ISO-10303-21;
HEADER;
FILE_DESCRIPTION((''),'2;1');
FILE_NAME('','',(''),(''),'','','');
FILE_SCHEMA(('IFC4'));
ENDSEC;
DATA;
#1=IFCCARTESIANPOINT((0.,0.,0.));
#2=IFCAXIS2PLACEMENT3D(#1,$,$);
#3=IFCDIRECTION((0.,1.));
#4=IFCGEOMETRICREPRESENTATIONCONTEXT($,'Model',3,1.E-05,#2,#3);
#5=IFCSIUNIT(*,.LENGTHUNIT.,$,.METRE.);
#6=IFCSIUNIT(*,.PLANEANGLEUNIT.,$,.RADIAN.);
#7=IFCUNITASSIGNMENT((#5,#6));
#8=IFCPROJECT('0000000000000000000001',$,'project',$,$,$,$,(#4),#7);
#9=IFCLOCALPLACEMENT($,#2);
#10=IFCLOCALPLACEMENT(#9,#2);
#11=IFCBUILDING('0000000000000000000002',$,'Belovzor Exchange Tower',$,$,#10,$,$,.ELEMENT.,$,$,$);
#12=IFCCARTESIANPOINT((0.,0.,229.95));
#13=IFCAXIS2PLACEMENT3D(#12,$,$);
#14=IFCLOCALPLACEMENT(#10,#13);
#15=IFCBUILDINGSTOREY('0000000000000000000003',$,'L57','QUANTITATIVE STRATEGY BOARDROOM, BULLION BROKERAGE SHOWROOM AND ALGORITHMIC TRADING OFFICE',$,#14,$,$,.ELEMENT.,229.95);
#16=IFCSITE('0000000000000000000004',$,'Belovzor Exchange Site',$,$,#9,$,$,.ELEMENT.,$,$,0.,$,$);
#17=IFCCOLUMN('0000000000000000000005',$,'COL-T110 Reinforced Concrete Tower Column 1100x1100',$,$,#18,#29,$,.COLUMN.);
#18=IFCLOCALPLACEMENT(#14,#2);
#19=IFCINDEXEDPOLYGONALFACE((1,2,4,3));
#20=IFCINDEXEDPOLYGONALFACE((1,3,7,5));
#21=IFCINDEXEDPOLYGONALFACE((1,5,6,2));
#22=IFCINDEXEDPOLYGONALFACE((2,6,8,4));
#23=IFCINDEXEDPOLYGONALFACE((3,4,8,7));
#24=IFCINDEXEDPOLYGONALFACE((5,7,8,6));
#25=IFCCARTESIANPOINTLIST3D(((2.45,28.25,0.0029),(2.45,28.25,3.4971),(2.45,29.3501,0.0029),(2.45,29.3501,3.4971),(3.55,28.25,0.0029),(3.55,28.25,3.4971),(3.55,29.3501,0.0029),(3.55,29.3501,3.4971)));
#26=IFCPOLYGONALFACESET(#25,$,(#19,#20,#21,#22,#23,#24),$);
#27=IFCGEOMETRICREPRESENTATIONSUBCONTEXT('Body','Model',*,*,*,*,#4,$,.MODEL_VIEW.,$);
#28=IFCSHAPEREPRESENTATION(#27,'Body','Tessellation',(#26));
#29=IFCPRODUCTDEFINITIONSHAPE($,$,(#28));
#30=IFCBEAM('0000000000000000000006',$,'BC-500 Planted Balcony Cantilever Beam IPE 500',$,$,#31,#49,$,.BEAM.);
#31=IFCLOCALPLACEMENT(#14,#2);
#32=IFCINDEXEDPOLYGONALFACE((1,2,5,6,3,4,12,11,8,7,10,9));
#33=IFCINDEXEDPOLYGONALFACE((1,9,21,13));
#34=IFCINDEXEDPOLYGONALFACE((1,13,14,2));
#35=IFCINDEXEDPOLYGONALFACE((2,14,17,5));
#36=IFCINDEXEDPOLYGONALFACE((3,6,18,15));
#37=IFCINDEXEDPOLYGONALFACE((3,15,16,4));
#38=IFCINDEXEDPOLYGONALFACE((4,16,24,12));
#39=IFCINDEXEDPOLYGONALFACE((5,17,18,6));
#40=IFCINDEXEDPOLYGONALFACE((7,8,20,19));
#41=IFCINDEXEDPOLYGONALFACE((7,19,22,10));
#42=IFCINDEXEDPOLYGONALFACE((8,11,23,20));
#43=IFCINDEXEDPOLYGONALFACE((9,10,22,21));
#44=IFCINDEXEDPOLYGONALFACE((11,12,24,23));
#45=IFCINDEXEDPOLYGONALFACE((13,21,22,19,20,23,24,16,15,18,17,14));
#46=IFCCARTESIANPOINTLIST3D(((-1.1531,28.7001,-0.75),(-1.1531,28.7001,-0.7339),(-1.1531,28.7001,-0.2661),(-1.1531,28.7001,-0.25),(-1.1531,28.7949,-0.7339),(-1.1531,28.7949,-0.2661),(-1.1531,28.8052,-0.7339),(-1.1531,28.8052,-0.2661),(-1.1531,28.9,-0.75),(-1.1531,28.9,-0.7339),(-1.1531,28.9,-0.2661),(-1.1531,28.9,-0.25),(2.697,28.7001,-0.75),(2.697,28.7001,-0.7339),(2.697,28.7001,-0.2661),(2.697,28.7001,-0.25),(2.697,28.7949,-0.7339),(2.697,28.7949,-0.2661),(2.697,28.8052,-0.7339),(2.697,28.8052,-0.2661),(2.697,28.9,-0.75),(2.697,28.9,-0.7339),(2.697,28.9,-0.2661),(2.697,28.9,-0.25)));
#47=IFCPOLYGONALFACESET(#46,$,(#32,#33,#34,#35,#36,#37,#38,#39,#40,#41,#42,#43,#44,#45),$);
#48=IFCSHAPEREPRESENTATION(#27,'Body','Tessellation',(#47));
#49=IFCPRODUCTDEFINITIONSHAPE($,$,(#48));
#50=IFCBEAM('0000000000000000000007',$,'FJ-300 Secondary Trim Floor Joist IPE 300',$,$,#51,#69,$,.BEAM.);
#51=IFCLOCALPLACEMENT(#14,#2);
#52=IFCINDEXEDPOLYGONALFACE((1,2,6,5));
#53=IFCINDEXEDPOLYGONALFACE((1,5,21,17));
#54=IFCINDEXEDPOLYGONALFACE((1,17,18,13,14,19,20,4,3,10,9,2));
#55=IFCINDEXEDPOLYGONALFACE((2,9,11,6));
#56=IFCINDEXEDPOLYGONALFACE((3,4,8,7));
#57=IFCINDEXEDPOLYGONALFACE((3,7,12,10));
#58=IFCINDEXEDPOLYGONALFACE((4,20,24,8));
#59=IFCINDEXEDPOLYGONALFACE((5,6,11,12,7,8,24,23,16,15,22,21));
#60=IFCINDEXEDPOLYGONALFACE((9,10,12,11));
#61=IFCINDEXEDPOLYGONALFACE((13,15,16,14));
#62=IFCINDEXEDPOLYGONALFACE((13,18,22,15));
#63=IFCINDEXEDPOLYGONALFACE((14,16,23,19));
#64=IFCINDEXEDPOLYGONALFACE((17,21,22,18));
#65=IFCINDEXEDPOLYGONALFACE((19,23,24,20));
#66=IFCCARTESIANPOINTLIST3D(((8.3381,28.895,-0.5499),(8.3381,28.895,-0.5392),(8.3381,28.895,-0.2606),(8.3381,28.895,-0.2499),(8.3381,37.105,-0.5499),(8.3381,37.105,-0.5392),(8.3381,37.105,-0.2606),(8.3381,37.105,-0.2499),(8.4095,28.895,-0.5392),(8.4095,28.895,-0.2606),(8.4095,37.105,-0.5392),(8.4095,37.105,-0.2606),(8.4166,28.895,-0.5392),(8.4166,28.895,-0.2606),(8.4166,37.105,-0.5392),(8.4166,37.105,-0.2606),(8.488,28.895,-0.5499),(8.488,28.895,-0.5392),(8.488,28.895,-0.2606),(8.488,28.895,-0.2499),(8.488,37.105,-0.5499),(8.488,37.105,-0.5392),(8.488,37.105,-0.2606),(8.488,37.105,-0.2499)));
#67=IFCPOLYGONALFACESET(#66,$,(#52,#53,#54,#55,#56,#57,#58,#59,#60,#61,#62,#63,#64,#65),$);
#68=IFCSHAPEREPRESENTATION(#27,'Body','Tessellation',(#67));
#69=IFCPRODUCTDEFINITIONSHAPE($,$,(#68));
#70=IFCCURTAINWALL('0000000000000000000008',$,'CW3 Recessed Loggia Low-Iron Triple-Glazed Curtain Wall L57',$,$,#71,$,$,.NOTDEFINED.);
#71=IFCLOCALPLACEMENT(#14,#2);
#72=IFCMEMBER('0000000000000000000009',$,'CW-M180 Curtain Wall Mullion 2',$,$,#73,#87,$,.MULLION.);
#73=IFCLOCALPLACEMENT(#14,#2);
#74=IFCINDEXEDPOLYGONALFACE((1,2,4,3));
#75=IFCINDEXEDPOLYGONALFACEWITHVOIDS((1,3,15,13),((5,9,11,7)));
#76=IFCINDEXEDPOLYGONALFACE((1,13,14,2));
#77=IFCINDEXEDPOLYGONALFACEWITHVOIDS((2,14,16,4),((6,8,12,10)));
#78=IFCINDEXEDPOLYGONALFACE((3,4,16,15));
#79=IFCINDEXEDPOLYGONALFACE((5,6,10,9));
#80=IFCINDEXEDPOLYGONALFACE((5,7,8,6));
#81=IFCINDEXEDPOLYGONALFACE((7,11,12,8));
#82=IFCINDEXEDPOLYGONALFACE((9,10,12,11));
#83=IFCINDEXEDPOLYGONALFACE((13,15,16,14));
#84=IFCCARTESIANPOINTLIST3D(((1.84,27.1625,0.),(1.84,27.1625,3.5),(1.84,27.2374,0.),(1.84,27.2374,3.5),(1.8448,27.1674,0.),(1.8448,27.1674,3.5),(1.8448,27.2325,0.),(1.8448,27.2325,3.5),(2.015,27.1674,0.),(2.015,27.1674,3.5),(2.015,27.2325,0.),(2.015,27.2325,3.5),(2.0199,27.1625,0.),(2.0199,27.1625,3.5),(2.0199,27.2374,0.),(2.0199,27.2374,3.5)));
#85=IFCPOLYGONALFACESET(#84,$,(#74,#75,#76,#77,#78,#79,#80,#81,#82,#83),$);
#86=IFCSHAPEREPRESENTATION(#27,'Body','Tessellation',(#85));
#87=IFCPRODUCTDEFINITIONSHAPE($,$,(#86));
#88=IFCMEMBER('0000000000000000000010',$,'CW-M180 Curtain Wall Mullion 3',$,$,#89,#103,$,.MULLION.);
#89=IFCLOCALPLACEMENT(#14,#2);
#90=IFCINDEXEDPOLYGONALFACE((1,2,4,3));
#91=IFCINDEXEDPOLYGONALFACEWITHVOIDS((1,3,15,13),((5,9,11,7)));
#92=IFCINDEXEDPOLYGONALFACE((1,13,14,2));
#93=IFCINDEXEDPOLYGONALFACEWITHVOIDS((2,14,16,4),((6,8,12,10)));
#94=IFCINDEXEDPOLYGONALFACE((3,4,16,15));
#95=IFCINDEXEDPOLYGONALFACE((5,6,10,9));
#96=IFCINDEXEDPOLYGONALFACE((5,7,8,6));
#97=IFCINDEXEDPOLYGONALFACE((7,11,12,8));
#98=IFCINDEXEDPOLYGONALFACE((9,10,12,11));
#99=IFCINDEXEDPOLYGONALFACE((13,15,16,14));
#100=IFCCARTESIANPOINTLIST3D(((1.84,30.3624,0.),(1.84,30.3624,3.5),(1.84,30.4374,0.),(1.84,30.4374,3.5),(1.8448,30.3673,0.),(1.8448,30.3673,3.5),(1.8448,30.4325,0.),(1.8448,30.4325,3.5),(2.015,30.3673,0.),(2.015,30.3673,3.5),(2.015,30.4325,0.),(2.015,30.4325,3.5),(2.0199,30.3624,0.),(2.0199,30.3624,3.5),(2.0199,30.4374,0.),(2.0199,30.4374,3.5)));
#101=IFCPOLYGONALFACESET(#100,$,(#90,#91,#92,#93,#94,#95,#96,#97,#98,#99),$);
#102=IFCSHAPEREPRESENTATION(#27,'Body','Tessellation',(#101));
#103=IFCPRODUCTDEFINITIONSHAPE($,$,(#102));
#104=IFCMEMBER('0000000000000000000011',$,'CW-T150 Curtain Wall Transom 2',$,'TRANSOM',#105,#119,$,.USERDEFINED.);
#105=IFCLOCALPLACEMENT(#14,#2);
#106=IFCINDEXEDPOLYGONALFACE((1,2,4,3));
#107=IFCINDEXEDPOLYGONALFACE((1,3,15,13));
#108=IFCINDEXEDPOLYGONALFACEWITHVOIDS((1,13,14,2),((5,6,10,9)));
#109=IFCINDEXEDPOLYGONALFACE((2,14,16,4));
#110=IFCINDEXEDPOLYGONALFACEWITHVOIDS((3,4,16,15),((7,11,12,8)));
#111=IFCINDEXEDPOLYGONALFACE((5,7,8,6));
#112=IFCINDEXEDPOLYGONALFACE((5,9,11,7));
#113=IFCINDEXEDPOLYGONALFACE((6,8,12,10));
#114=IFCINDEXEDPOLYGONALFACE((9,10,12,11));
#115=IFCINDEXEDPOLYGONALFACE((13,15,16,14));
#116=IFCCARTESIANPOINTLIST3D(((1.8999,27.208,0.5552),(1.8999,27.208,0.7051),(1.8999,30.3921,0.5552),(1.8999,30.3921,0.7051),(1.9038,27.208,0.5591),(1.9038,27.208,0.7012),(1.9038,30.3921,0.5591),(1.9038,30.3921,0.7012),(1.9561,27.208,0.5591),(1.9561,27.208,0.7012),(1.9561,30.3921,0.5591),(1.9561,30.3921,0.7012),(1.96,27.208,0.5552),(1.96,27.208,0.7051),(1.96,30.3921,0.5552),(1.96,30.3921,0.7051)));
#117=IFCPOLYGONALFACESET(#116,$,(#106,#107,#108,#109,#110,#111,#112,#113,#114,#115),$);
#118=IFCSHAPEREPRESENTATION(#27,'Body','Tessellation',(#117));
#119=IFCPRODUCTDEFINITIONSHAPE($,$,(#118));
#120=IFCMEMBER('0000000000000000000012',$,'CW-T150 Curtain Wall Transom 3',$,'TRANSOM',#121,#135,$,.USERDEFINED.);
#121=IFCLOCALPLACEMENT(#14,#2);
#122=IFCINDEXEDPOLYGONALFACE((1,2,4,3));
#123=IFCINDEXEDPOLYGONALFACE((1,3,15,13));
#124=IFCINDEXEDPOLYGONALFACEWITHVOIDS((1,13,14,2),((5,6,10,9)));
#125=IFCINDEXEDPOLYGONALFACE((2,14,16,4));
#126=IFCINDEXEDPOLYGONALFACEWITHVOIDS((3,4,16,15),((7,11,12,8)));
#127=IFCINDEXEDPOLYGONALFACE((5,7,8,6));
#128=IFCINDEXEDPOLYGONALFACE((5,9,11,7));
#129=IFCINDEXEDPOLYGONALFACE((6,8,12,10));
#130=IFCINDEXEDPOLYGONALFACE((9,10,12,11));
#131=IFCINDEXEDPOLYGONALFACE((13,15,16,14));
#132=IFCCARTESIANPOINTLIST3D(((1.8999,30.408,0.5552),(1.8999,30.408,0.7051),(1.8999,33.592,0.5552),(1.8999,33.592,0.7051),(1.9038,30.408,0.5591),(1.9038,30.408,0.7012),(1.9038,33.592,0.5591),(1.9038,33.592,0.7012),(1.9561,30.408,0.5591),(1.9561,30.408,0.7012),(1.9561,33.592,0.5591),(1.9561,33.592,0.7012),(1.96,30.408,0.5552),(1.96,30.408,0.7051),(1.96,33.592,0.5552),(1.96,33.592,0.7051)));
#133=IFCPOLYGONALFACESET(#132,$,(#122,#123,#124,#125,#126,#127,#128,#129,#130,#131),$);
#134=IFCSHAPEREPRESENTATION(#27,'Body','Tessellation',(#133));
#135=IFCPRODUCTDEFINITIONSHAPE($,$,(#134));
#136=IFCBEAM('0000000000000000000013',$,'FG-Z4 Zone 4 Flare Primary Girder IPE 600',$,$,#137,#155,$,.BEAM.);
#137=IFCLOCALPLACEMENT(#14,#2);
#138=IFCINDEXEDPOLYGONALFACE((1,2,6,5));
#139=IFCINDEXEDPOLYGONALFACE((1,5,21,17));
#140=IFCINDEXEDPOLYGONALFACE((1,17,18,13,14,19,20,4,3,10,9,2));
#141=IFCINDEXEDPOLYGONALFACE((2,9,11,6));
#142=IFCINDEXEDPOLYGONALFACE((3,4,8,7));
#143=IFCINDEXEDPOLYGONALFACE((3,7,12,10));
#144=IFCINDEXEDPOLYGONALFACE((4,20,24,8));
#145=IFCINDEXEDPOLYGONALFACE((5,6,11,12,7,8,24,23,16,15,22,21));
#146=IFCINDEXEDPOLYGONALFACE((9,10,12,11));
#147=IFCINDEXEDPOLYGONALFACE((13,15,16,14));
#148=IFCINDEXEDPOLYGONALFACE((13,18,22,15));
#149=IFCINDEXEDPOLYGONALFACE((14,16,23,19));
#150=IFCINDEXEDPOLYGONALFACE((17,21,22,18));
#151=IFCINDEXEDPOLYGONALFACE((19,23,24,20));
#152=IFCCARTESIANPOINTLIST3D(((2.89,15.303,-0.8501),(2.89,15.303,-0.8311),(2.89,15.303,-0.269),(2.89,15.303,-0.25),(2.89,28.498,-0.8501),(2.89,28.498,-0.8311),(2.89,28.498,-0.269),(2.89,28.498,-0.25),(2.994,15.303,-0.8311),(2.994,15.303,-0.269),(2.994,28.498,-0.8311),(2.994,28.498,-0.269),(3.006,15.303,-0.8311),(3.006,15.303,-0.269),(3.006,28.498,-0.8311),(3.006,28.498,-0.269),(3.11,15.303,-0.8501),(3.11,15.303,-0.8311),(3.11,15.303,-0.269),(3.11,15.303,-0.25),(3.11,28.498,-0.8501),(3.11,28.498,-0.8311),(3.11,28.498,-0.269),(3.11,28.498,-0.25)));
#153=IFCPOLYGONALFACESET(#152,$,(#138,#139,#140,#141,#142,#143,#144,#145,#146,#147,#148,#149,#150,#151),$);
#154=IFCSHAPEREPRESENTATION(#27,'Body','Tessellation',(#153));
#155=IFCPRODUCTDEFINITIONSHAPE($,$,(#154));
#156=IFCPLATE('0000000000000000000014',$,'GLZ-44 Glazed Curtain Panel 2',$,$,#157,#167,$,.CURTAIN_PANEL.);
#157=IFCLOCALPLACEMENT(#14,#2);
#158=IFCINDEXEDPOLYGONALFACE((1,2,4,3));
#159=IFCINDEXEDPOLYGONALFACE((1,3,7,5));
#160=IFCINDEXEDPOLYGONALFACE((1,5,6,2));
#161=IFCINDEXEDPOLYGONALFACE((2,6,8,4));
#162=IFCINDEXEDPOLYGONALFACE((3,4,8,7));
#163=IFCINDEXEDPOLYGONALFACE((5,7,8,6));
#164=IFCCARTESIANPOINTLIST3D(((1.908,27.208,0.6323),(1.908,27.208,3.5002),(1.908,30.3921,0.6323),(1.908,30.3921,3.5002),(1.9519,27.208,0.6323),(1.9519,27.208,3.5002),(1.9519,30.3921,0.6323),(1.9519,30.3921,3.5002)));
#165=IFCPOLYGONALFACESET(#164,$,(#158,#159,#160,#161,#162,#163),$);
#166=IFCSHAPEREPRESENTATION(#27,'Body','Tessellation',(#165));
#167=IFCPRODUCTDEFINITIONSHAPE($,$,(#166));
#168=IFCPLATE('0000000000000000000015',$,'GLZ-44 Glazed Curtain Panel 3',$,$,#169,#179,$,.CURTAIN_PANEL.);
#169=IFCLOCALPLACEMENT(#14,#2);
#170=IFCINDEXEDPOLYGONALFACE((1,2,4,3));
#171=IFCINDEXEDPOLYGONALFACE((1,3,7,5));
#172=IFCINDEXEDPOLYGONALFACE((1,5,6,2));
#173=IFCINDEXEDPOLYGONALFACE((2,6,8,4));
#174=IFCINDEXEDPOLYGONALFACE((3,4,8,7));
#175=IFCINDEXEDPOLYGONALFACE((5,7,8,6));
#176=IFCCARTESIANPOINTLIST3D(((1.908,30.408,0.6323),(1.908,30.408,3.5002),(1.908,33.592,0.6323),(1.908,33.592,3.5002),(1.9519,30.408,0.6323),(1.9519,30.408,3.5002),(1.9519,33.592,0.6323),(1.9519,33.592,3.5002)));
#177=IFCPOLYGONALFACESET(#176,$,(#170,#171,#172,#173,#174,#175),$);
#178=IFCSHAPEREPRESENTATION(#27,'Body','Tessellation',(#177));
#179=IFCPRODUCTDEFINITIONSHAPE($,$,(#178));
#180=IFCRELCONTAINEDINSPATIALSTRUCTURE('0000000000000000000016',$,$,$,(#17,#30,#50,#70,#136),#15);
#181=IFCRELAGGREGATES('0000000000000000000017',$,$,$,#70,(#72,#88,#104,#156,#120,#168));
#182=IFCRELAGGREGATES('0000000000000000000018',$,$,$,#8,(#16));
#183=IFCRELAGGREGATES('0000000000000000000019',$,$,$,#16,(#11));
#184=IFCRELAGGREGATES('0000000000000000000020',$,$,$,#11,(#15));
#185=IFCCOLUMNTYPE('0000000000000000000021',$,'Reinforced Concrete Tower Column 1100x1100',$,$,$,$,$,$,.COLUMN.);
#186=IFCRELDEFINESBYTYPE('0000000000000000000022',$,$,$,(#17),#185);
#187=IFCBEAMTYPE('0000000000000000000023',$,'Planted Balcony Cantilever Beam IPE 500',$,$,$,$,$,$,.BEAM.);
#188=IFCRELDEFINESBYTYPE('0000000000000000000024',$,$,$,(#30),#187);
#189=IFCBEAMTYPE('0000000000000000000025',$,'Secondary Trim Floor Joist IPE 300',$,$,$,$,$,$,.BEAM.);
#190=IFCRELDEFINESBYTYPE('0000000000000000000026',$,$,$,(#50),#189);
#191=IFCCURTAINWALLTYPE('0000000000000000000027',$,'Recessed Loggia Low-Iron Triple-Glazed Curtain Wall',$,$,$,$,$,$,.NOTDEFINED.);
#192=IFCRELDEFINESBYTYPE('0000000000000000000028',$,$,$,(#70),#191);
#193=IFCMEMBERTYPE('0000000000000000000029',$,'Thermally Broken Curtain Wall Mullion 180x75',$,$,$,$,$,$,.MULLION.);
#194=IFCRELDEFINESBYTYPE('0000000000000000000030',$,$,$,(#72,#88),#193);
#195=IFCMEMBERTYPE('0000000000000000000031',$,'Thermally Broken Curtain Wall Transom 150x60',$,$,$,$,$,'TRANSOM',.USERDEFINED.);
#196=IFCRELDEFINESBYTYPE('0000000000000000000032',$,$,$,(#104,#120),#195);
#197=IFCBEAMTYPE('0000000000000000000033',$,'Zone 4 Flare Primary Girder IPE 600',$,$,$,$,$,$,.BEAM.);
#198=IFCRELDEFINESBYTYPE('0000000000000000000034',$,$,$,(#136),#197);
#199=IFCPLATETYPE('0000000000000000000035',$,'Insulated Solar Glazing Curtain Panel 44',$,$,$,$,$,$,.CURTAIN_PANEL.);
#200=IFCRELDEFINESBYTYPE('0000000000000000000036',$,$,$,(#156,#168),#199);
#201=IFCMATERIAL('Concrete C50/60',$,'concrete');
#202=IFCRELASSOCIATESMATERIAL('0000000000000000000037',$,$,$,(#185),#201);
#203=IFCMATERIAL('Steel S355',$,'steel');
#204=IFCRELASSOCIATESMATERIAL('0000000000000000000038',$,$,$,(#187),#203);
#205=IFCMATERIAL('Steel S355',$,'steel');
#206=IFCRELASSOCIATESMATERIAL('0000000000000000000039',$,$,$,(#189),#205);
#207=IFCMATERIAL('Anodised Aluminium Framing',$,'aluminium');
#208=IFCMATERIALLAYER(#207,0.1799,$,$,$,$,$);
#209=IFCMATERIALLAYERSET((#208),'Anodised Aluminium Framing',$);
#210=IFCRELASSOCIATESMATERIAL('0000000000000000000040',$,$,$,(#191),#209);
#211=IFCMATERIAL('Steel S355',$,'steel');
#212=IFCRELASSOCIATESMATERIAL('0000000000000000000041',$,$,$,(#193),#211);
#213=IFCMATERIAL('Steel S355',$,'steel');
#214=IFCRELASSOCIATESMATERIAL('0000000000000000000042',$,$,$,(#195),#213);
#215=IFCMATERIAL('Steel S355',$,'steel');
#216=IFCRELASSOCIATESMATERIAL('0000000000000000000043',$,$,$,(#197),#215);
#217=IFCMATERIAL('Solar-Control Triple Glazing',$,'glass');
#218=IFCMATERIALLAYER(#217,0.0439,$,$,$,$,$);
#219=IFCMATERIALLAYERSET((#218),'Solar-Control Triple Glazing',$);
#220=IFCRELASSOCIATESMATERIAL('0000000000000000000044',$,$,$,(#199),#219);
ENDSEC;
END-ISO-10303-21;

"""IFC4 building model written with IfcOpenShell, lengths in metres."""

from ifc_helpers import new_model, si_unit, direction, frame, origin, origin_2d, place, context, subcontext, project, spatial, rectangle, hollow_rectangle, i_section, extrude, material, layer, layer_set, material_profile, profile_set, type_object, element, aggregate, save


model = new_model("IFC4")

# Units and contexts
model_context = context("Model", 3, precision=1e-05, world=origin(), true_north=direction((0.0, 1.0)))
body_context = subcontext(model_context, "Body", "Model", "MODEL_VIEW")
ifc_project = project(units=[si_unit("LENGTHUNIT", "METRE"), si_unit("PLANEANGLEUNIT", "RADIAN")], contexts=[model_context])

# Site, building, storey
site_placement = place(None, origin())
site = spatial("IfcSite", under=ifc_project, at=site_placement, Name="Belovzor Exchange Site", CompositionType="ELEMENT", RefElevation=0.0)
building_placement = place(site_placement, origin())
building = spatial("IfcBuilding", under=site, at=building_placement, Name="Belovzor Exchange Tower", CompositionType="ELEMENT")
storey_placement = place(building_placement, frame((0.0, 0.0, 229.95)))
storey = spatial("IfcBuildingStorey", under=building, at=storey_placement, Name="L57", Description="QUANTITATIVE STRATEGY BOARDROOM, BULLION BROKERAGE SHOWROOM AND ALGORITHMIC TRADING OFFICE", CompositionType="ELEMENT", Elevation=229.95)

# Column
ifc_material_1 = material(Name="Concrete C50/60", Category="concrete")
ifc_material_profile_1 = material_profile(ifc_material_1, rectangle(XDim=1.1001, YDim=1.1001, at=origin_2d()))
ifc_profile_set_1 = profile_set([ifc_material_profile_1], Name="Concrete C50/60")
column_type = type_object("IfcColumnType", Name="Reinforced Concrete Tower Column 1100x1100", PredefinedType="COLUMN", material=ifc_profile_set_1)
column_placement = place(storey_placement, frame((3.0, 28.8, 0.0029), z_axis=(0.0, 0.0, 1.0), x_axis=(1.0, 0.0, 0.0)))
element("IfcColumn", 1, at=column_placement, inside=storey, type_object=column_type, Name="COL-T110 Reinforced Concrete Tower Column 1100x1100", PredefinedType="COLUMN", context=body_context, shape_type="SweptSolid", body=[
    extrude(rectangle(XDim=1.1001, YDim=1.1001, at=origin_2d()), origin(), (0.0, 0.0, 1.0), 3.4941),
])

# Beams
ifc_material_2 = material(Name="Steel S355", Category="steel")
ifc_material_profile_2 = material_profile(ifc_material_2, i_section(OverallWidth=0.2, OverallDepth=0.5, WebThickness=0.0103, FlangeThickness=0.0161, at=origin_2d()))
ifc_profile_set_2 = profile_set([ifc_material_profile_2], Name="Steel S355")
beam_type_1 = type_object("IfcBeamType", Name="Planted Balcony Cantilever Beam IPE 500", PredefinedType="BEAM", material=ifc_profile_set_2)
beam_1_placement = place(storey_placement, frame((2.697, 28.8, -0.5), z_axis=(-1.0, 0.0, 0.0), x_axis=(0.0, -1.0, 0.0)))
element("IfcBeam", 2, at=beam_1_placement, inside=storey, type_object=beam_type_1, Name="BC-500 Planted Balcony Cantilever Beam IPE 500", PredefinedType="BEAM", context=body_context, shape_type="SweptSolid", body=[
    extrude(i_section(OverallWidth=0.2, OverallDepth=0.5, WebThickness=0.0103, FlangeThickness=0.0161, at=origin_2d()), origin(), (0.0, 0.0, 1.0), 3.8501),
])
ifc_material_3 = material(Name="Steel S355", Category="steel")
ifc_material_profile_3 = material_profile(ifc_material_3, i_section(OverallWidth=0.1499, OverallDepth=0.3, WebThickness=0.0071, FlangeThickness=0.0107, at=origin_2d()))
ifc_profile_set_3 = profile_set([ifc_material_profile_3], Name="Steel S355")
beam_type_2 = type_object("IfcBeamType", Name="Secondary Trim Floor Joist IPE 300", PredefinedType="BEAM", material=ifc_profile_set_3)
beam_2_placement = place(storey_placement, frame((8.4131, 28.895, -0.3999), z_axis=(0.0, 1.0, 0.0), x_axis=(-1.0, 0.0, 0.0)))
element("IfcBeam", 3, at=beam_2_placement, inside=storey, type_object=beam_type_2, Name="FJ-300 Secondary Trim Floor Joist IPE 300", PredefinedType="BEAM", context=body_context, shape_type="SweptSolid", body=[
    extrude(i_section(OverallWidth=0.1499, OverallDepth=0.3, WebThickness=0.0071, FlangeThickness=0.0107, at=origin_2d()), origin(), (0.0, 0.0, 1.0), 8.21),
])

# Curtain wall, members
ifc_material_4 = material(Name="Anodised Aluminium Framing", Category="aluminium")
ifc_layer_1 = layer(ifc_material_4, 0.1799)
ifc_layer_set_1 = layer_set([ifc_layer_1], Name="Anodised Aluminium Framing")
curtain_wall_type = type_object("IfcCurtainWallType", Name="Recessed Loggia Low-Iron Triple-Glazed Curtain Wall", PredefinedType="NOTDEFINED", material=ifc_layer_set_1)
curtain_wall_placement = place(storey_placement, origin())
curtain_wall = element("IfcCurtainWall", 4, at=curtain_wall_placement, inside=storey, type_object=curtain_wall_type, Name="CW3 Recessed Loggia Low-Iron Triple-Glazed Curtain Wall L57", PredefinedType="NOTDEFINED")
ifc_material_5 = material(Name="Steel S355", Category="steel")
ifc_material_profile_4 = material_profile(ifc_material_5, hollow_rectangle(XDim=0.075, YDim=0.1799, WallThickness=0.0049, at=origin_2d()))
ifc_profile_set_4 = profile_set([ifc_material_profile_4], Name="Steel S355")
member_type_1 = type_object("IfcMemberType", Name="Thermally Broken Curtain Wall Mullion 180x75", PredefinedType="MULLION", material=ifc_profile_set_4)
member_1_placement = place(storey_placement, frame((1.9299, 27.2, 0.0), z_axis=(0.0, 0.0, 1.0), x_axis=(0.0, 1.0, 0.0)))
member_1 = element("IfcMember", 5, at=member_1_placement, type_object=member_type_1, Name="CW-M180 Curtain Wall Mullion 2", PredefinedType="MULLION", context=body_context, shape_type="SweptSolid", body=[
    extrude(hollow_rectangle(XDim=0.075, YDim=0.1799, WallThickness=0.0049, at=origin_2d()), origin(), (0.0, 0.0, 1.0), 3.5),
])
member_2_placement = place(storey_placement, frame((1.9299, 30.3999, 0.0), z_axis=(0.0, 0.0, 1.0), x_axis=(0.0, 1.0, 0.0)))
member_2 = element("IfcMember", 6, at=member_2_placement, type_object=member_type_1, Name="CW-M180 Curtain Wall Mullion 3", PredefinedType="MULLION", context=body_context, shape_type="SweptSolid", body=[
    extrude(hollow_rectangle(XDim=0.075, YDim=0.1799, WallThickness=0.0049, at=origin_2d()), origin(), (0.0, 0.0, 1.0), 3.5),
])
ifc_material_6 = material(Name="Steel S355", Category="steel")
ifc_material_profile_5 = material_profile(ifc_material_6, hollow_rectangle(XDim=0.0601, YDim=0.1499, WallThickness=0.0039, at=origin_2d()))
ifc_profile_set_5 = profile_set([ifc_material_profile_5], Name="Steel S355")
member_type_2 = type_object("IfcMemberType", Name="Thermally Broken Curtain Wall Transom 150x60", ElementType="TRANSOM", PredefinedType="USERDEFINED", material=ifc_profile_set_5)
member_3_placement = place(storey_placement, frame((1.9299, 27.208, 0.6301), z_axis=(0.0, 1.0, 0.0), x_axis=(-1.0, 0.0, 0.0)))
member_3 = element("IfcMember", 7, at=member_3_placement, type_object=member_type_2, Name="CW-T150 Curtain Wall Transom 2", ObjectType="TRANSOM", PredefinedType="USERDEFINED", context=body_context, shape_type="SweptSolid", body=[
    extrude(hollow_rectangle(XDim=0.0601, YDim=0.1499, WallThickness=0.0039, at=origin_2d()), origin(), (0.0, 0.0, 1.0), 3.1841),
])
member_4_placement = place(storey_placement, frame((1.9299, 30.408, 0.6301), z_axis=(0.0, 1.0, 0.0), x_axis=(-1.0, 0.0, 0.0)))
member_4 = element("IfcMember", 8, at=member_4_placement, type_object=member_type_2, Name="CW-T150 Curtain Wall Transom 3", ObjectType="TRANSOM", PredefinedType="USERDEFINED", context=body_context, shape_type="SweptSolid", body=[
    extrude(hollow_rectangle(XDim=0.0601, YDim=0.1499, WallThickness=0.0039, at=origin_2d()), origin(), (0.0, 0.0, 1.0), 3.1841),
])

# Beam
ifc_material_7 = material(Name="Steel S355", Category="steel")
ifc_material_profile_6 = material_profile(ifc_material_7, i_section(OverallWidth=0.22, OverallDepth=0.6001, WebThickness=0.012, FlangeThickness=0.019, at=origin_2d()))
ifc_profile_set_6 = profile_set([ifc_material_profile_6], Name="Steel S355")
beam_type_3 = type_object("IfcBeamType", Name="Zone 4 Flare Primary Girder IPE 600", PredefinedType="BEAM", material=ifc_profile_set_6)
beam_3_placement = place(storey_placement, frame((3.0, 28.498, -0.55), z_axis=(0.0, -1.0, 0.0), x_axis=(1.0, 0.0, 0.0)))
element("IfcBeam", 9, at=beam_3_placement, inside=storey, type_object=beam_type_3, Name="FG-Z4 Zone 4 Flare Primary Girder IPE 600", PredefinedType="BEAM", context=body_context, shape_type="SweptSolid", body=[
    extrude(i_section(OverallWidth=0.22, OverallDepth=0.6001, WebThickness=0.012, FlangeThickness=0.019, at=origin_2d()), origin(), (0.0, 0.0, 1.0), 13.1951),
])

# Plates
ifc_material_8 = material(Name="Solar-Control Triple Glazing", Category="glass")
ifc_layer_2 = layer(ifc_material_8, 0.0439)
ifc_layer_set_2 = layer_set([ifc_layer_2], Name="Solar-Control Triple Glazing")
plate_type_1 = type_object("IfcPlateType", Name="Insulated Solar Glazing Curtain Panel 44", PredefinedType="CURTAIN_PANEL", material=ifc_layer_set_2)
plate_1_placement = place(storey_placement, frame((1.9299, 28.8, 0.6323), z_axis=(0.0, 0.0, 1.0), x_axis=(0.0, 1.0, 0.0)))
plate_1 = element("IfcPlate", 10, at=plate_1_placement, type_object=plate_type_1, Name="GLZ-44 Glazed Curtain Panel 2", PredefinedType="CURTAIN_PANEL", context=body_context, shape_type="SweptSolid", body=[
    extrude(rectangle(XDim=3.1841, YDim=0.0439, at=origin_2d()), origin(), (0.0, 0.0, 1.0), 2.8679),
])
plate_2_placement = place(storey_placement, frame((1.9299, 32.0, 0.6323), z_axis=(0.0, 0.0, 1.0), x_axis=(0.0, 1.0, 0.0)))
plate_2 = element("IfcPlate", 11, at=plate_2_placement, type_object=plate_type_1, Name="GLZ-44 Glazed Curtain Panel 3", PredefinedType="CURTAIN_PANEL", context=body_context, shape_type="SweptSolid", body=[
    extrude(rectangle(XDim=3.1841, YDim=0.0439, at=origin_2d()), origin(), (0.0, 0.0, 1.0), 2.8679),
])
aggregate(curtain_wall, [member_1, member_2, member_3, plate_1, member_4, plate_2])

save(model, "model.ifc")
